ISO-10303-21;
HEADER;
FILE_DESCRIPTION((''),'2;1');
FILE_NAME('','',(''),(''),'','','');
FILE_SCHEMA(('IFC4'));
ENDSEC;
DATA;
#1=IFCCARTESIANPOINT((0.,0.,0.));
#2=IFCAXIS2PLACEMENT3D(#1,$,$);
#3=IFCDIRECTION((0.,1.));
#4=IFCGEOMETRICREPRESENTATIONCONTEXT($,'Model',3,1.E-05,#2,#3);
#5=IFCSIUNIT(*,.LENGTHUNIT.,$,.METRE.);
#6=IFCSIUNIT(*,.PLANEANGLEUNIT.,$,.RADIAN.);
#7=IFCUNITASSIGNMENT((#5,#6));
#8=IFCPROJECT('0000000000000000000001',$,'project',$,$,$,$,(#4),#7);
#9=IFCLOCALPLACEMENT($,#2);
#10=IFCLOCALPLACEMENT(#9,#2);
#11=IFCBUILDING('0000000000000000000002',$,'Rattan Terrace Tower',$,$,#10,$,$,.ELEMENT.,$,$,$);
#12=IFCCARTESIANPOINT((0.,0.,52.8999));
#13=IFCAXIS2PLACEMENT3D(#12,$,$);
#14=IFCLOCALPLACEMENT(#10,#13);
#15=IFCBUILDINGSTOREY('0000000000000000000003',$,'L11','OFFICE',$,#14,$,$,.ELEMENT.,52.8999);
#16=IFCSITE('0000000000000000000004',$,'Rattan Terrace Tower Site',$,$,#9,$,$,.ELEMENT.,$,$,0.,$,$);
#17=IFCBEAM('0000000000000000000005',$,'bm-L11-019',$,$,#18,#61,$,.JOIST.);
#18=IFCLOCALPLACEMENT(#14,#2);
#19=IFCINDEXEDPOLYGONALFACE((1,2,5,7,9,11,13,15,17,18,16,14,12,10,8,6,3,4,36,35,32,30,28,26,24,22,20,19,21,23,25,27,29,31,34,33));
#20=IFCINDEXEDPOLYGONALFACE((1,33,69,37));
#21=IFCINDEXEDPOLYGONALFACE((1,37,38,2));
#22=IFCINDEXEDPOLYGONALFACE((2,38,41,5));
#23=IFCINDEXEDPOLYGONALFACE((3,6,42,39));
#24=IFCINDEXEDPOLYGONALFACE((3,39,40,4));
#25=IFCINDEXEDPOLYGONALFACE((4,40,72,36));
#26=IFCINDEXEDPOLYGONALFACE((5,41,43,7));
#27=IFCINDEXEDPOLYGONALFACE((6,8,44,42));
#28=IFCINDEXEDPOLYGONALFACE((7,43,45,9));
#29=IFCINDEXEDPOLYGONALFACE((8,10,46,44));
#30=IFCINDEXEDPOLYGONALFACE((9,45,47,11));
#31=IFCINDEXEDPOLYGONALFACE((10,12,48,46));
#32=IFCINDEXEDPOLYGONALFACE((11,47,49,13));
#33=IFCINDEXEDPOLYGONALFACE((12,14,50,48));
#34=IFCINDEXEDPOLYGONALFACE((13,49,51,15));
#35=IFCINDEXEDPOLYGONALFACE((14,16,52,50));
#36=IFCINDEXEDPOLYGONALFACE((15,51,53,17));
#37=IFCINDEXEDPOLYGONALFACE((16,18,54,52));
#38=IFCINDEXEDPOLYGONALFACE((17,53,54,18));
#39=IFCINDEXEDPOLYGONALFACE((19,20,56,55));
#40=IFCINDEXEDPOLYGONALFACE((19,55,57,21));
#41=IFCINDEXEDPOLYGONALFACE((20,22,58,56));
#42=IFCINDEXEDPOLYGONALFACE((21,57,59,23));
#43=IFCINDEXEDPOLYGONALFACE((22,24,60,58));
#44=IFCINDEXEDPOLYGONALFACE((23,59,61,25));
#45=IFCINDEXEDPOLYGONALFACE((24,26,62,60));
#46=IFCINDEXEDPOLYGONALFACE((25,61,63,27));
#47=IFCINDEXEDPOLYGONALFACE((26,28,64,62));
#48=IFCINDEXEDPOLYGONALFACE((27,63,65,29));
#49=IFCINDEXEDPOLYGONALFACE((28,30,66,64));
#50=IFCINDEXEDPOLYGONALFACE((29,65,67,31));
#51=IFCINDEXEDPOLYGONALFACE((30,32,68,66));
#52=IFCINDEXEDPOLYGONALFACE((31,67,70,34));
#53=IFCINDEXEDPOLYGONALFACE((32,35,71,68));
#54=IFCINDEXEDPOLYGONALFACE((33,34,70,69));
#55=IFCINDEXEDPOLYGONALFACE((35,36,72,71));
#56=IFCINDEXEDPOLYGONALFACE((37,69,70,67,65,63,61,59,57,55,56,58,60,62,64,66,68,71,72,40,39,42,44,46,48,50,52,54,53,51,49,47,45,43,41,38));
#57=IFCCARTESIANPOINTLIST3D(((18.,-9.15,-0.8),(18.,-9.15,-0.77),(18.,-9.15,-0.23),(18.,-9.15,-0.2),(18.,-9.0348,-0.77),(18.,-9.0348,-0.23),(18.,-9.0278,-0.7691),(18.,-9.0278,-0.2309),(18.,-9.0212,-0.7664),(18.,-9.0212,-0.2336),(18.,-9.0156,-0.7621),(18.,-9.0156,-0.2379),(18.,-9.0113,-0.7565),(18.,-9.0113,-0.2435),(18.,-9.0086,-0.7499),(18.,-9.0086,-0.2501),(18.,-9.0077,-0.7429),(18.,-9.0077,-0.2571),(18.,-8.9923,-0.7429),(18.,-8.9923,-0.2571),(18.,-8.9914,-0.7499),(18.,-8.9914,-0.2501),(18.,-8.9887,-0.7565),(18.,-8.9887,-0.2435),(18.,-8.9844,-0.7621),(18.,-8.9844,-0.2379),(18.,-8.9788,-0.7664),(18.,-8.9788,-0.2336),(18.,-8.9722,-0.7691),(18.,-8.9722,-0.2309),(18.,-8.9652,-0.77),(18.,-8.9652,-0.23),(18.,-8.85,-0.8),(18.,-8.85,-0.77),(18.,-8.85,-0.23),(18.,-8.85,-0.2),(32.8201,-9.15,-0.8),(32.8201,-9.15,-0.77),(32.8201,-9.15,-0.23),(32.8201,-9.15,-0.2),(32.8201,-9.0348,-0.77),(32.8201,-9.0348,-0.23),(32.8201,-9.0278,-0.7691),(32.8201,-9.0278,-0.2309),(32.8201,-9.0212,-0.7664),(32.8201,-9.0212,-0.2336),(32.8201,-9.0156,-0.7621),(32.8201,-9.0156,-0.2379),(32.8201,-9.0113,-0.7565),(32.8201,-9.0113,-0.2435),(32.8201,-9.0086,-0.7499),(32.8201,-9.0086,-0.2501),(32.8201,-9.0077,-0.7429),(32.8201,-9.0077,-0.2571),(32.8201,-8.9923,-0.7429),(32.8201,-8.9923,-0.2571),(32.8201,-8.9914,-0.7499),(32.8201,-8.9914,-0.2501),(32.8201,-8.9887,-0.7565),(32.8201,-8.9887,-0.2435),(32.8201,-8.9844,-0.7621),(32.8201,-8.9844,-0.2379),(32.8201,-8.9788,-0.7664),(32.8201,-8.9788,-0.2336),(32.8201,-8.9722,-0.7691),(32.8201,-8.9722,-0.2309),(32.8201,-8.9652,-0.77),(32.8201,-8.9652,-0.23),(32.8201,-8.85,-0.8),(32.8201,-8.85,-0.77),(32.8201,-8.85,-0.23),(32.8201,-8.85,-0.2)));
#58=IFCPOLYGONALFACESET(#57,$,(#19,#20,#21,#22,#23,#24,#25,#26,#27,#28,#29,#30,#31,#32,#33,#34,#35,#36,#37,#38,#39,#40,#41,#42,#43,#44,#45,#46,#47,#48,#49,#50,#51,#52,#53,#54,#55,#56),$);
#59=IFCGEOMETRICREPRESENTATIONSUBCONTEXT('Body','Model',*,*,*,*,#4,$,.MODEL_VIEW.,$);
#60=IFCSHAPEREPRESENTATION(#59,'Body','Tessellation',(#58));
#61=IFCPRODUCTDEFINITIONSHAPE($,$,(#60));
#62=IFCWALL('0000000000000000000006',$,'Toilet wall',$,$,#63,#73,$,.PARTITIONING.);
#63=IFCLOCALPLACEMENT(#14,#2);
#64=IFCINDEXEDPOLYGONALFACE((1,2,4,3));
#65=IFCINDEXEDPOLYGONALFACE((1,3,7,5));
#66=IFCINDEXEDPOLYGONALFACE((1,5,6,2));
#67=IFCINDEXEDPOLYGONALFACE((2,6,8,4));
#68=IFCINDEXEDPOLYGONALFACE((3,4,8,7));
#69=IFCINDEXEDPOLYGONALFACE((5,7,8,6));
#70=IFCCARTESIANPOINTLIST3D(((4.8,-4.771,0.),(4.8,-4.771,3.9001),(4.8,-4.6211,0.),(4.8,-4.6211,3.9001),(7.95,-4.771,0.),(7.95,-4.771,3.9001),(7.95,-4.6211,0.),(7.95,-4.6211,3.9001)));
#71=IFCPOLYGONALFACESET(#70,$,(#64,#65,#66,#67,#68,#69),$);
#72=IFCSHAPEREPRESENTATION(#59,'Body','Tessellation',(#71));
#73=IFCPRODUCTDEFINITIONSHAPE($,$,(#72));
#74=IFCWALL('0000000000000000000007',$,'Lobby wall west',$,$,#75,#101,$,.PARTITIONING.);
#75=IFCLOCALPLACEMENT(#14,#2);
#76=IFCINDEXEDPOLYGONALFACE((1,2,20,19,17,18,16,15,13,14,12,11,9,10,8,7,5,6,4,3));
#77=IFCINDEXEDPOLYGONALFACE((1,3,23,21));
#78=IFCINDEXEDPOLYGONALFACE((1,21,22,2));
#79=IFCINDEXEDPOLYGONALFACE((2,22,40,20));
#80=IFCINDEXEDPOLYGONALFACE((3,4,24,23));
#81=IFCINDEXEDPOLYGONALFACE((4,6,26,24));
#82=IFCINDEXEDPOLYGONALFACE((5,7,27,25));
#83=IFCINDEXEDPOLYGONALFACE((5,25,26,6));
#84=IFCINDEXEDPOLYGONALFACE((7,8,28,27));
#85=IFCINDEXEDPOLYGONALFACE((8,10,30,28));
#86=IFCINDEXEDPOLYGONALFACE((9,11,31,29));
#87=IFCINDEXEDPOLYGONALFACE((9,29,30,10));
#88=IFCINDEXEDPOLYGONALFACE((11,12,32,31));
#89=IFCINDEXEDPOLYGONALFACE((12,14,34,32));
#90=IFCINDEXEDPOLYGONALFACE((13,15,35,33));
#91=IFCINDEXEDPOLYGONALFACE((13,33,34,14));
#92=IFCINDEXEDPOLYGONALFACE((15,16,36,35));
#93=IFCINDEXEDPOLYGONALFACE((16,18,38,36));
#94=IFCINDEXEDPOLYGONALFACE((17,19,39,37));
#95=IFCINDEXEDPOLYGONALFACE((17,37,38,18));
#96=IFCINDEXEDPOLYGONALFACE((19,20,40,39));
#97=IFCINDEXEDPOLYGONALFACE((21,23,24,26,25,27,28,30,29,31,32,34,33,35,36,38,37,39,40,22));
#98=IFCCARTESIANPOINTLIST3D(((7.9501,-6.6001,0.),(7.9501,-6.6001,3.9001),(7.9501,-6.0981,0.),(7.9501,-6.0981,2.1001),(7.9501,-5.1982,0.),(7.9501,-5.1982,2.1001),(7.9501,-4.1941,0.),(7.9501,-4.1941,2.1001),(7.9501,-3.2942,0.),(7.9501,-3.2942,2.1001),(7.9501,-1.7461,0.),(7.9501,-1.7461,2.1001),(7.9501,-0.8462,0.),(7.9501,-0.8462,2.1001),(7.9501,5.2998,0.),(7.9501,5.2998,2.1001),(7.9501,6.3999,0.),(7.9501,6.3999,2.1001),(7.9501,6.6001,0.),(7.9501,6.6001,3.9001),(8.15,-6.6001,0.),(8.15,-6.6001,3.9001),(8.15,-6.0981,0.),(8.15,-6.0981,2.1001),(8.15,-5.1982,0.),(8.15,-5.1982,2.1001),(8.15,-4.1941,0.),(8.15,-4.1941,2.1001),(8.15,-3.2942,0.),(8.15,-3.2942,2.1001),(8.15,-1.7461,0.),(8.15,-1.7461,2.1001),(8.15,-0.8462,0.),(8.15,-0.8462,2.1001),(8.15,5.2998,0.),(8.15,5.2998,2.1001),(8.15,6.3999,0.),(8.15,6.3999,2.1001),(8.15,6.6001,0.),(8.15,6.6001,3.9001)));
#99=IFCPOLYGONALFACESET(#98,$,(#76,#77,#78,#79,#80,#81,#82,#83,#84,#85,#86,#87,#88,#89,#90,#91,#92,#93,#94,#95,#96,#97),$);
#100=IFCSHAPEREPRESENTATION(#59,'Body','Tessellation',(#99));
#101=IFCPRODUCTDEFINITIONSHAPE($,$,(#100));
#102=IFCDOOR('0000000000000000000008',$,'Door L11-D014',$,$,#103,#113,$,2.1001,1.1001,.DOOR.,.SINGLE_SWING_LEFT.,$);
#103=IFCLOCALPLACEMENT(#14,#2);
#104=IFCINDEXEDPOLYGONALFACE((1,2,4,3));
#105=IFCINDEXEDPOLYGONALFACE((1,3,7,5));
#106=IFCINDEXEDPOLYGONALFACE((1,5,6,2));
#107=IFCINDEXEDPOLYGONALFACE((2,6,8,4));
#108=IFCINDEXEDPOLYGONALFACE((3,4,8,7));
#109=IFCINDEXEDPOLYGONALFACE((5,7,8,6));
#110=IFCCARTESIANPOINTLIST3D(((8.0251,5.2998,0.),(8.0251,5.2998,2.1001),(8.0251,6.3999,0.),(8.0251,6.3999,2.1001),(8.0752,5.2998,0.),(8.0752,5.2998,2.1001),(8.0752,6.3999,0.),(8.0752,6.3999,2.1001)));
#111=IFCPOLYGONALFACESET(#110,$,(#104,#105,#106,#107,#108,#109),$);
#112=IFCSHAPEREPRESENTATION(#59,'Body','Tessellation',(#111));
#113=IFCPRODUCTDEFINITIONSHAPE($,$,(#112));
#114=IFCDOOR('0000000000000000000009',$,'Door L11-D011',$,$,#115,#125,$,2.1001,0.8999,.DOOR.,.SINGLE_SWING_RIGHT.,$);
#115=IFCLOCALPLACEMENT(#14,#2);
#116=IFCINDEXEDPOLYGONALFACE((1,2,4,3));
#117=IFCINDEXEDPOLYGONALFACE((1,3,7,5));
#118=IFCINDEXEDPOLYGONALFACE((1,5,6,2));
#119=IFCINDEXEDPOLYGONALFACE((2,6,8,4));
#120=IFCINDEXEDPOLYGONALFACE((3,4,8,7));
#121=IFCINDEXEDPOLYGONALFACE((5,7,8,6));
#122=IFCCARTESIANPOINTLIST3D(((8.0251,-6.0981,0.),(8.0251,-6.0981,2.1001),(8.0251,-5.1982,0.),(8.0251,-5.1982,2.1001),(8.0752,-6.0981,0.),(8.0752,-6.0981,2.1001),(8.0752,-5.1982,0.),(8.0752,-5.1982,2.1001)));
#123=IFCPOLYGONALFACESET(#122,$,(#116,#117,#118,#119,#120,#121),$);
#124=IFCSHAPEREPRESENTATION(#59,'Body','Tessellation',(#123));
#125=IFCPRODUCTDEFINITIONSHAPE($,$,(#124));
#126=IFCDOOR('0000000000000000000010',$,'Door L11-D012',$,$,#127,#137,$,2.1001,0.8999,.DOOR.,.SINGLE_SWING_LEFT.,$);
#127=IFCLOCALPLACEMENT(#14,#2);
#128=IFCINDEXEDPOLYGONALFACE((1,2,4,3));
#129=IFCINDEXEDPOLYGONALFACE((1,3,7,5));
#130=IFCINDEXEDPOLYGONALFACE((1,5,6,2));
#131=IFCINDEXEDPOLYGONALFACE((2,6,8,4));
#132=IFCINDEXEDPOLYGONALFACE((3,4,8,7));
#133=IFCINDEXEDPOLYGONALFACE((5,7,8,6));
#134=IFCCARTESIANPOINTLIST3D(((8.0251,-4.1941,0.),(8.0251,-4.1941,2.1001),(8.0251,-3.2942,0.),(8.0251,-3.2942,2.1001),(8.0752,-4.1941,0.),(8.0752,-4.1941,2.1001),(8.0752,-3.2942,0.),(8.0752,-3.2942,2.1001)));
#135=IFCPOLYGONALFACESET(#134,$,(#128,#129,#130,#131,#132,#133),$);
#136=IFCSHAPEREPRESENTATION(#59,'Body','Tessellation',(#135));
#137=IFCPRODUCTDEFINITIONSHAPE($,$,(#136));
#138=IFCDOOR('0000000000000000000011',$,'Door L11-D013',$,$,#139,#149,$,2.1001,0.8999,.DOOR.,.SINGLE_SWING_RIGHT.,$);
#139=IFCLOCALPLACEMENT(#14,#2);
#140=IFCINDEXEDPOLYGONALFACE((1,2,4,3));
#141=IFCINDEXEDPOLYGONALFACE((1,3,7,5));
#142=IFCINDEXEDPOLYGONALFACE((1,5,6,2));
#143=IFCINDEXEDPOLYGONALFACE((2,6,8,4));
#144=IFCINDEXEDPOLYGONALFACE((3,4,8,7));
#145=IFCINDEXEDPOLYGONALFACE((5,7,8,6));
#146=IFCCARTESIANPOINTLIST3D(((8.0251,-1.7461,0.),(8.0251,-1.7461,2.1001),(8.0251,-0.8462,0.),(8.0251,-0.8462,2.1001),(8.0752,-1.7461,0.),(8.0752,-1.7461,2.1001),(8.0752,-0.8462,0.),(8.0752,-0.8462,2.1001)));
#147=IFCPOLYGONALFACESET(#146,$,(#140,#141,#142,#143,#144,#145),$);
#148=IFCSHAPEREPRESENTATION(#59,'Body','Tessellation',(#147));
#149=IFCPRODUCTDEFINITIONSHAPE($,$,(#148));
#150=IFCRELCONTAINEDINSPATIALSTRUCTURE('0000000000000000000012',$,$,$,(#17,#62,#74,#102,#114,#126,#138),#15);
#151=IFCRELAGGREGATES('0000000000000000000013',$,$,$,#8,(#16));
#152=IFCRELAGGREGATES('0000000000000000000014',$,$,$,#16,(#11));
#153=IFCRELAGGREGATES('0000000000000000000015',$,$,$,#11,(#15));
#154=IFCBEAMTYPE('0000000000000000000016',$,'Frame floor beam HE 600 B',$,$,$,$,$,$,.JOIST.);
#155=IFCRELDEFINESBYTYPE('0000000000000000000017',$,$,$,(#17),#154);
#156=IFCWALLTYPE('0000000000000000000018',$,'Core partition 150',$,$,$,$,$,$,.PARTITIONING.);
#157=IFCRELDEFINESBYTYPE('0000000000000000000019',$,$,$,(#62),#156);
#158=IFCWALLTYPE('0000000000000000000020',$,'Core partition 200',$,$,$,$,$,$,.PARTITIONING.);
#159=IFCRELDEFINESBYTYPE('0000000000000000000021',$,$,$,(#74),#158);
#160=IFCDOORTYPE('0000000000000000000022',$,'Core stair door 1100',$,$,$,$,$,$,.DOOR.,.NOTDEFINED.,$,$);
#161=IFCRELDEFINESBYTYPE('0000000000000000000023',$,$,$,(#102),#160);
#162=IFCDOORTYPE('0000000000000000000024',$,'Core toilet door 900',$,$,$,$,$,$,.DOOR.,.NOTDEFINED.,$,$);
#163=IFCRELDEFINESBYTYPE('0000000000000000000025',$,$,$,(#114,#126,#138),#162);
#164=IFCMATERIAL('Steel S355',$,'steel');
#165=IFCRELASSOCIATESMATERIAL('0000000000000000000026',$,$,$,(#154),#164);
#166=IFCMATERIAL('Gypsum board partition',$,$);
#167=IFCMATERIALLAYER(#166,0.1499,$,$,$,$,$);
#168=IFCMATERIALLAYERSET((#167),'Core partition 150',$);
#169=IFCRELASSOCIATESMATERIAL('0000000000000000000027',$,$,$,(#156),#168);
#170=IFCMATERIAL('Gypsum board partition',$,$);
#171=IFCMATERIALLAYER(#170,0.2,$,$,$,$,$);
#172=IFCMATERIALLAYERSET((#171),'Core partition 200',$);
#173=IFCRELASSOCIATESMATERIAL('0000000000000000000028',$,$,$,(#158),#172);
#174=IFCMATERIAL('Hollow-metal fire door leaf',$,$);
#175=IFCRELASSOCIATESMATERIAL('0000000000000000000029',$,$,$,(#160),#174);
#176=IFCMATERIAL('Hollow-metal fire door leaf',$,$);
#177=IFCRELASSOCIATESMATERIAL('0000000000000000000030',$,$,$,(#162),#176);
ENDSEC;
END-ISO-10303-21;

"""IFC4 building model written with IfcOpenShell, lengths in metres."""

from ifc_helpers import new_model, si_unit, direction, frame, frame_2d, origin, origin_2d, place, context, subcontext, project, spatial, rectangle, i_section, extrude, material, layer, layer_set, material_profile, profile_set, type_object, element, fill, save


model = new_model("IFC4")

# Units and contexts
model_context = context("Model", 3, precision=1e-05, world=origin(), true_north=direction((0.0, 1.0)))
body_context = subcontext(model_context, "Body", "Model", "MODEL_VIEW")
ifc_project = project(units=[si_unit("LENGTHUNIT", "METRE"), si_unit("PLANEANGLEUNIT", "RADIAN")], contexts=[model_context])

# Site, building, storey
site_placement = place(None, origin())
site = spatial("IfcSite", under=ifc_project, at=site_placement, Name="Rattan Terrace Tower Site", CompositionType="ELEMENT", RefElevation=0.0)
building_placement = place(site_placement, origin())
building = spatial("IfcBuilding", under=site, at=building_placement, Name="Rattan Terrace Tower", CompositionType="ELEMENT")
storey_placement = place(building_placement, frame((0.0, 0.0, 52.8999)))
storey = spatial("IfcBuildingStorey", under=building, at=storey_placement, Name="L11", Description="OFFICE", CompositionType="ELEMENT", Elevation=52.8999)

# Beam
ifc_material_1 = material(Name="Steel S355", Category="steel")
ifc_material_profile = material_profile(ifc_material_1, i_section(OverallWidth=0.3, OverallDepth=0.6001, WebThickness=0.0154, FlangeThickness=0.03, FilletRadius=0.0271, at=origin_2d()), Name="HE 600 B")
ifc_profile_set = profile_set([ifc_material_profile], Name="Steel S355")
beam_type = type_object("IfcBeamType", Name="Frame floor beam HE 600 B", PredefinedType="JOIST", material=ifc_profile_set)
beam_placement = place(storey_placement, frame((18.0, -9.0, -0.5), z_axis=(1.0, 0.0, 0.0), x_axis=(0.0, 1.0, 0.0)))
element("IfcBeam", 1, at=beam_placement, inside=storey, type_object=beam_type, Name="bm-L11-019", PredefinedType="JOIST", context=body_context, shape_type="SweptSolid", body=[
    extrude(i_section(OverallWidth=0.3, OverallDepth=0.6001, WebThickness=0.0154, FlangeThickness=0.03, FilletRadius=0.0271, at=origin_2d()), origin(), (0.0, 0.0, 1.0), 14.8201),
])

# Wall
ifc_material_2 = material(Name="Gypsum board partition")
ifc_layer_1 = layer(ifc_material_2, 0.1499)
ifc_layer_set_1 = layer_set([ifc_layer_1], Name="Core partition 150")
wall_type_1 = type_object("IfcWallType", Name="Core partition 150", PredefinedType="PARTITIONING", material=ifc_layer_set_1)
wall_1_placement = place(storey_placement, frame((4.8, -4.696, 0.0), z_axis=(0.0, 0.0, 1.0), x_axis=(1.0, 0.0, 0.0)))
element("IfcWall", 2, at=wall_1_placement, inside=storey, type_object=wall_type_1, Name="Toilet wall", PredefinedType="PARTITIONING", context=body_context, shape_type="SweptSolid", body=[
    extrude(rectangle(XDim=3.1499, YDim=0.1499, at=frame_2d((1.575, 0.0))), origin(), (0.0, 0.0, 1.0), 3.9001),
])

# Wall, openings, doors
ifc_material_3 = material(Name="Gypsum board partition")
ifc_layer_2 = layer(ifc_material_3, 0.2)
ifc_layer_set_2 = layer_set([ifc_layer_2], Name="Core partition 200")
wall_type_2 = type_object("IfcWallType", Name="Core partition 200", PredefinedType="PARTITIONING", material=ifc_layer_set_2)
wall_2_placement = place(storey_placement, frame((8.05, -6.6001, 0.0), z_axis=(0.0, 0.0, 1.0), x_axis=(0.0, 1.0, 0.0)))
wall_2 = element("IfcWall", 3, at=wall_2_placement, inside=storey, type_object=wall_type_2, Name="Lobby wall west", PredefinedType="PARTITIONING", context=body_context, shape_type="SweptSolid", body=[
    extrude(rectangle(XDim=13.2002, YDim=0.2, at=frame_2d((6.6001, 0.0))), origin(), (0.0, 0.0, 1.0), 3.9001),
])
opening_1_placement = place(wall_2_placement, frame((0.502, 0.0, 0.0)))
opening_1 = element("IfcOpeningElement", 4, at=opening_1_placement, cuts=wall_2, PredefinedType="OPENING", context=body_context, shape_type="SweptSolid", body=[
    extrude(rectangle(XDim=0.8999, YDim=2.1001, at=frame_2d((0.45, 1.05))), frame((0.0, 0.1106, 0.0), z_axis=(0.0, -1.0, 0.0), x_axis=(1.0, 0.0, 0.0)), (0.0, 0.0, 1.0), 0.2209),
])
opening_2_placement = place(wall_2_placement, frame((2.406, 0.0, 0.0)))
opening_2 = element("IfcOpeningElement", 5, at=opening_2_placement, cuts=wall_2, PredefinedType="OPENING", context=body_context, shape_type="SweptSolid", body=[
    extrude(rectangle(XDim=0.8999, YDim=2.1001, at=frame_2d((0.45, 1.05))), frame((0.0, 0.1106, 0.0), z_axis=(0.0, -1.0, 0.0), x_axis=(1.0, 0.0, 0.0)), (0.0, 0.0, 1.0), 0.2209),
])
opening_3_placement = place(wall_2_placement, frame((4.854, 0.0, 0.0)))
opening_3 = element("IfcOpeningElement", 6, at=opening_3_placement, cuts=wall_2, PredefinedType="OPENING", context=body_context, shape_type="SweptSolid", body=[
    extrude(rectangle(XDim=0.8999, YDim=2.1001, at=frame_2d((0.45, 1.05))), frame((0.0, 0.1106, 0.0), z_axis=(0.0, -1.0, 0.0), x_axis=(1.0, 0.0, 0.0)), (0.0, 0.0, 1.0), 0.2209),
])
opening_4_placement = place(wall_2_placement, frame((11.8999, 0.0, 0.0)))
opening_4 = element("IfcOpeningElement", 7, at=opening_4_placement, cuts=wall_2, PredefinedType="OPENING", context=body_context, shape_type="SweptSolid", body=[
    extrude(rectangle(XDim=1.1001, YDim=2.1001, at=frame_2d((0.55, 1.05))), frame((0.0, 0.1106, 0.0), z_axis=(0.0, -1.0, 0.0), x_axis=(1.0, 0.0, 0.0)), (0.0, 0.0, 1.0), 0.2209),
])
ifc_material_4 = material(Name="Hollow-metal fire door leaf")
door_type_1 = type_object("IfcDoorType", Name="Core stair door 1100", OperationType="NOTDEFINED", PredefinedType="DOOR", material=ifc_material_4)
door_1_placement = place(opening_4_placement, origin())
door_1 = element("IfcDoor", 8, at=door_1_placement, inside=storey, type_object=door_type_1, Name="Door L11-D014", OperationType="SINGLE_SWING_LEFT", OverallHeight=2.1001, OverallWidth=1.1001, PredefinedType="DOOR", context=body_context, shape_type="SweptSolid", body=[
    extrude(rectangle(XDim=1.1001, YDim=2.1001, at=frame_2d((0.55, 1.05))), frame((0.0, 0.0249, 0.0), z_axis=(0.0, -1.0, 0.0), x_axis=(1.0, 0.0, 0.0)), (0.0, 0.0, 1.0), 0.05),
])
fill(opening_4, door_1)
ifc_material_5 = material(Name="Hollow-metal fire door leaf")
door_type_2 = type_object("IfcDoorType", Name="Core toilet door 900", OperationType="NOTDEFINED", PredefinedType="DOOR", material=ifc_material_5)
door_2_placement = place(opening_1_placement, origin())
door_2 = element("IfcDoor", 9, at=door_2_placement, inside=storey, type_object=door_type_2, Name="Door L11-D011", OperationType="SINGLE_SWING_RIGHT", OverallHeight=2.1001, OverallWidth=0.8999, PredefinedType="DOOR", context=body_context, shape_type="SweptSolid", body=[
    extrude(rectangle(XDim=0.8999, YDim=2.1001, at=frame_2d((0.45, 1.05))), frame((0.0, 0.0249, 0.0), z_axis=(0.0, -1.0, 0.0), x_axis=(1.0, 0.0, 0.0)), (0.0, 0.0, 1.0), 0.05),
])
fill(opening_1, door_2)
door_3_placement = place(opening_2_placement, origin())
door_3 = element("IfcDoor", 10, at=door_3_placement, inside=storey, type_object=door_type_2, Name="Door L11-D012", OperationType="SINGLE_SWING_LEFT", OverallHeight=2.1001, OverallWidth=0.8999, PredefinedType="DOOR", context=body_context, shape_type="SweptSolid", body=[
    extrude(rectangle(XDim=0.8999, YDim=2.1001, at=frame_2d((0.45, 1.05))), frame((0.0, 0.0249, 0.0), z_axis=(0.0, -1.0, 0.0), x_axis=(1.0, 0.0, 0.0)), (0.0, 0.0, 1.0), 0.05),
])
fill(opening_2, door_3)
door_4_placement = place(opening_3_placement, origin())
door_4 = element("IfcDoor", 11, at=door_4_placement, inside=storey, type_object=door_type_2, Name="Door L11-D013", OperationType="SINGLE_SWING_RIGHT", OverallHeight=2.1001, OverallWidth=0.8999, PredefinedType="DOOR", context=body_context, shape_type="SweptSolid", body=[
    extrude(rectangle(XDim=0.8999, YDim=2.1001, at=frame_2d((0.45, 1.05))), frame((0.0, 0.0249, 0.0), z_axis=(0.0, -1.0, 0.0), x_axis=(1.0, 0.0, 0.0)), (0.0, 0.0, 1.0), 0.05),
])
fill(opening_3, door_4)

save(model, "model.ifc")
